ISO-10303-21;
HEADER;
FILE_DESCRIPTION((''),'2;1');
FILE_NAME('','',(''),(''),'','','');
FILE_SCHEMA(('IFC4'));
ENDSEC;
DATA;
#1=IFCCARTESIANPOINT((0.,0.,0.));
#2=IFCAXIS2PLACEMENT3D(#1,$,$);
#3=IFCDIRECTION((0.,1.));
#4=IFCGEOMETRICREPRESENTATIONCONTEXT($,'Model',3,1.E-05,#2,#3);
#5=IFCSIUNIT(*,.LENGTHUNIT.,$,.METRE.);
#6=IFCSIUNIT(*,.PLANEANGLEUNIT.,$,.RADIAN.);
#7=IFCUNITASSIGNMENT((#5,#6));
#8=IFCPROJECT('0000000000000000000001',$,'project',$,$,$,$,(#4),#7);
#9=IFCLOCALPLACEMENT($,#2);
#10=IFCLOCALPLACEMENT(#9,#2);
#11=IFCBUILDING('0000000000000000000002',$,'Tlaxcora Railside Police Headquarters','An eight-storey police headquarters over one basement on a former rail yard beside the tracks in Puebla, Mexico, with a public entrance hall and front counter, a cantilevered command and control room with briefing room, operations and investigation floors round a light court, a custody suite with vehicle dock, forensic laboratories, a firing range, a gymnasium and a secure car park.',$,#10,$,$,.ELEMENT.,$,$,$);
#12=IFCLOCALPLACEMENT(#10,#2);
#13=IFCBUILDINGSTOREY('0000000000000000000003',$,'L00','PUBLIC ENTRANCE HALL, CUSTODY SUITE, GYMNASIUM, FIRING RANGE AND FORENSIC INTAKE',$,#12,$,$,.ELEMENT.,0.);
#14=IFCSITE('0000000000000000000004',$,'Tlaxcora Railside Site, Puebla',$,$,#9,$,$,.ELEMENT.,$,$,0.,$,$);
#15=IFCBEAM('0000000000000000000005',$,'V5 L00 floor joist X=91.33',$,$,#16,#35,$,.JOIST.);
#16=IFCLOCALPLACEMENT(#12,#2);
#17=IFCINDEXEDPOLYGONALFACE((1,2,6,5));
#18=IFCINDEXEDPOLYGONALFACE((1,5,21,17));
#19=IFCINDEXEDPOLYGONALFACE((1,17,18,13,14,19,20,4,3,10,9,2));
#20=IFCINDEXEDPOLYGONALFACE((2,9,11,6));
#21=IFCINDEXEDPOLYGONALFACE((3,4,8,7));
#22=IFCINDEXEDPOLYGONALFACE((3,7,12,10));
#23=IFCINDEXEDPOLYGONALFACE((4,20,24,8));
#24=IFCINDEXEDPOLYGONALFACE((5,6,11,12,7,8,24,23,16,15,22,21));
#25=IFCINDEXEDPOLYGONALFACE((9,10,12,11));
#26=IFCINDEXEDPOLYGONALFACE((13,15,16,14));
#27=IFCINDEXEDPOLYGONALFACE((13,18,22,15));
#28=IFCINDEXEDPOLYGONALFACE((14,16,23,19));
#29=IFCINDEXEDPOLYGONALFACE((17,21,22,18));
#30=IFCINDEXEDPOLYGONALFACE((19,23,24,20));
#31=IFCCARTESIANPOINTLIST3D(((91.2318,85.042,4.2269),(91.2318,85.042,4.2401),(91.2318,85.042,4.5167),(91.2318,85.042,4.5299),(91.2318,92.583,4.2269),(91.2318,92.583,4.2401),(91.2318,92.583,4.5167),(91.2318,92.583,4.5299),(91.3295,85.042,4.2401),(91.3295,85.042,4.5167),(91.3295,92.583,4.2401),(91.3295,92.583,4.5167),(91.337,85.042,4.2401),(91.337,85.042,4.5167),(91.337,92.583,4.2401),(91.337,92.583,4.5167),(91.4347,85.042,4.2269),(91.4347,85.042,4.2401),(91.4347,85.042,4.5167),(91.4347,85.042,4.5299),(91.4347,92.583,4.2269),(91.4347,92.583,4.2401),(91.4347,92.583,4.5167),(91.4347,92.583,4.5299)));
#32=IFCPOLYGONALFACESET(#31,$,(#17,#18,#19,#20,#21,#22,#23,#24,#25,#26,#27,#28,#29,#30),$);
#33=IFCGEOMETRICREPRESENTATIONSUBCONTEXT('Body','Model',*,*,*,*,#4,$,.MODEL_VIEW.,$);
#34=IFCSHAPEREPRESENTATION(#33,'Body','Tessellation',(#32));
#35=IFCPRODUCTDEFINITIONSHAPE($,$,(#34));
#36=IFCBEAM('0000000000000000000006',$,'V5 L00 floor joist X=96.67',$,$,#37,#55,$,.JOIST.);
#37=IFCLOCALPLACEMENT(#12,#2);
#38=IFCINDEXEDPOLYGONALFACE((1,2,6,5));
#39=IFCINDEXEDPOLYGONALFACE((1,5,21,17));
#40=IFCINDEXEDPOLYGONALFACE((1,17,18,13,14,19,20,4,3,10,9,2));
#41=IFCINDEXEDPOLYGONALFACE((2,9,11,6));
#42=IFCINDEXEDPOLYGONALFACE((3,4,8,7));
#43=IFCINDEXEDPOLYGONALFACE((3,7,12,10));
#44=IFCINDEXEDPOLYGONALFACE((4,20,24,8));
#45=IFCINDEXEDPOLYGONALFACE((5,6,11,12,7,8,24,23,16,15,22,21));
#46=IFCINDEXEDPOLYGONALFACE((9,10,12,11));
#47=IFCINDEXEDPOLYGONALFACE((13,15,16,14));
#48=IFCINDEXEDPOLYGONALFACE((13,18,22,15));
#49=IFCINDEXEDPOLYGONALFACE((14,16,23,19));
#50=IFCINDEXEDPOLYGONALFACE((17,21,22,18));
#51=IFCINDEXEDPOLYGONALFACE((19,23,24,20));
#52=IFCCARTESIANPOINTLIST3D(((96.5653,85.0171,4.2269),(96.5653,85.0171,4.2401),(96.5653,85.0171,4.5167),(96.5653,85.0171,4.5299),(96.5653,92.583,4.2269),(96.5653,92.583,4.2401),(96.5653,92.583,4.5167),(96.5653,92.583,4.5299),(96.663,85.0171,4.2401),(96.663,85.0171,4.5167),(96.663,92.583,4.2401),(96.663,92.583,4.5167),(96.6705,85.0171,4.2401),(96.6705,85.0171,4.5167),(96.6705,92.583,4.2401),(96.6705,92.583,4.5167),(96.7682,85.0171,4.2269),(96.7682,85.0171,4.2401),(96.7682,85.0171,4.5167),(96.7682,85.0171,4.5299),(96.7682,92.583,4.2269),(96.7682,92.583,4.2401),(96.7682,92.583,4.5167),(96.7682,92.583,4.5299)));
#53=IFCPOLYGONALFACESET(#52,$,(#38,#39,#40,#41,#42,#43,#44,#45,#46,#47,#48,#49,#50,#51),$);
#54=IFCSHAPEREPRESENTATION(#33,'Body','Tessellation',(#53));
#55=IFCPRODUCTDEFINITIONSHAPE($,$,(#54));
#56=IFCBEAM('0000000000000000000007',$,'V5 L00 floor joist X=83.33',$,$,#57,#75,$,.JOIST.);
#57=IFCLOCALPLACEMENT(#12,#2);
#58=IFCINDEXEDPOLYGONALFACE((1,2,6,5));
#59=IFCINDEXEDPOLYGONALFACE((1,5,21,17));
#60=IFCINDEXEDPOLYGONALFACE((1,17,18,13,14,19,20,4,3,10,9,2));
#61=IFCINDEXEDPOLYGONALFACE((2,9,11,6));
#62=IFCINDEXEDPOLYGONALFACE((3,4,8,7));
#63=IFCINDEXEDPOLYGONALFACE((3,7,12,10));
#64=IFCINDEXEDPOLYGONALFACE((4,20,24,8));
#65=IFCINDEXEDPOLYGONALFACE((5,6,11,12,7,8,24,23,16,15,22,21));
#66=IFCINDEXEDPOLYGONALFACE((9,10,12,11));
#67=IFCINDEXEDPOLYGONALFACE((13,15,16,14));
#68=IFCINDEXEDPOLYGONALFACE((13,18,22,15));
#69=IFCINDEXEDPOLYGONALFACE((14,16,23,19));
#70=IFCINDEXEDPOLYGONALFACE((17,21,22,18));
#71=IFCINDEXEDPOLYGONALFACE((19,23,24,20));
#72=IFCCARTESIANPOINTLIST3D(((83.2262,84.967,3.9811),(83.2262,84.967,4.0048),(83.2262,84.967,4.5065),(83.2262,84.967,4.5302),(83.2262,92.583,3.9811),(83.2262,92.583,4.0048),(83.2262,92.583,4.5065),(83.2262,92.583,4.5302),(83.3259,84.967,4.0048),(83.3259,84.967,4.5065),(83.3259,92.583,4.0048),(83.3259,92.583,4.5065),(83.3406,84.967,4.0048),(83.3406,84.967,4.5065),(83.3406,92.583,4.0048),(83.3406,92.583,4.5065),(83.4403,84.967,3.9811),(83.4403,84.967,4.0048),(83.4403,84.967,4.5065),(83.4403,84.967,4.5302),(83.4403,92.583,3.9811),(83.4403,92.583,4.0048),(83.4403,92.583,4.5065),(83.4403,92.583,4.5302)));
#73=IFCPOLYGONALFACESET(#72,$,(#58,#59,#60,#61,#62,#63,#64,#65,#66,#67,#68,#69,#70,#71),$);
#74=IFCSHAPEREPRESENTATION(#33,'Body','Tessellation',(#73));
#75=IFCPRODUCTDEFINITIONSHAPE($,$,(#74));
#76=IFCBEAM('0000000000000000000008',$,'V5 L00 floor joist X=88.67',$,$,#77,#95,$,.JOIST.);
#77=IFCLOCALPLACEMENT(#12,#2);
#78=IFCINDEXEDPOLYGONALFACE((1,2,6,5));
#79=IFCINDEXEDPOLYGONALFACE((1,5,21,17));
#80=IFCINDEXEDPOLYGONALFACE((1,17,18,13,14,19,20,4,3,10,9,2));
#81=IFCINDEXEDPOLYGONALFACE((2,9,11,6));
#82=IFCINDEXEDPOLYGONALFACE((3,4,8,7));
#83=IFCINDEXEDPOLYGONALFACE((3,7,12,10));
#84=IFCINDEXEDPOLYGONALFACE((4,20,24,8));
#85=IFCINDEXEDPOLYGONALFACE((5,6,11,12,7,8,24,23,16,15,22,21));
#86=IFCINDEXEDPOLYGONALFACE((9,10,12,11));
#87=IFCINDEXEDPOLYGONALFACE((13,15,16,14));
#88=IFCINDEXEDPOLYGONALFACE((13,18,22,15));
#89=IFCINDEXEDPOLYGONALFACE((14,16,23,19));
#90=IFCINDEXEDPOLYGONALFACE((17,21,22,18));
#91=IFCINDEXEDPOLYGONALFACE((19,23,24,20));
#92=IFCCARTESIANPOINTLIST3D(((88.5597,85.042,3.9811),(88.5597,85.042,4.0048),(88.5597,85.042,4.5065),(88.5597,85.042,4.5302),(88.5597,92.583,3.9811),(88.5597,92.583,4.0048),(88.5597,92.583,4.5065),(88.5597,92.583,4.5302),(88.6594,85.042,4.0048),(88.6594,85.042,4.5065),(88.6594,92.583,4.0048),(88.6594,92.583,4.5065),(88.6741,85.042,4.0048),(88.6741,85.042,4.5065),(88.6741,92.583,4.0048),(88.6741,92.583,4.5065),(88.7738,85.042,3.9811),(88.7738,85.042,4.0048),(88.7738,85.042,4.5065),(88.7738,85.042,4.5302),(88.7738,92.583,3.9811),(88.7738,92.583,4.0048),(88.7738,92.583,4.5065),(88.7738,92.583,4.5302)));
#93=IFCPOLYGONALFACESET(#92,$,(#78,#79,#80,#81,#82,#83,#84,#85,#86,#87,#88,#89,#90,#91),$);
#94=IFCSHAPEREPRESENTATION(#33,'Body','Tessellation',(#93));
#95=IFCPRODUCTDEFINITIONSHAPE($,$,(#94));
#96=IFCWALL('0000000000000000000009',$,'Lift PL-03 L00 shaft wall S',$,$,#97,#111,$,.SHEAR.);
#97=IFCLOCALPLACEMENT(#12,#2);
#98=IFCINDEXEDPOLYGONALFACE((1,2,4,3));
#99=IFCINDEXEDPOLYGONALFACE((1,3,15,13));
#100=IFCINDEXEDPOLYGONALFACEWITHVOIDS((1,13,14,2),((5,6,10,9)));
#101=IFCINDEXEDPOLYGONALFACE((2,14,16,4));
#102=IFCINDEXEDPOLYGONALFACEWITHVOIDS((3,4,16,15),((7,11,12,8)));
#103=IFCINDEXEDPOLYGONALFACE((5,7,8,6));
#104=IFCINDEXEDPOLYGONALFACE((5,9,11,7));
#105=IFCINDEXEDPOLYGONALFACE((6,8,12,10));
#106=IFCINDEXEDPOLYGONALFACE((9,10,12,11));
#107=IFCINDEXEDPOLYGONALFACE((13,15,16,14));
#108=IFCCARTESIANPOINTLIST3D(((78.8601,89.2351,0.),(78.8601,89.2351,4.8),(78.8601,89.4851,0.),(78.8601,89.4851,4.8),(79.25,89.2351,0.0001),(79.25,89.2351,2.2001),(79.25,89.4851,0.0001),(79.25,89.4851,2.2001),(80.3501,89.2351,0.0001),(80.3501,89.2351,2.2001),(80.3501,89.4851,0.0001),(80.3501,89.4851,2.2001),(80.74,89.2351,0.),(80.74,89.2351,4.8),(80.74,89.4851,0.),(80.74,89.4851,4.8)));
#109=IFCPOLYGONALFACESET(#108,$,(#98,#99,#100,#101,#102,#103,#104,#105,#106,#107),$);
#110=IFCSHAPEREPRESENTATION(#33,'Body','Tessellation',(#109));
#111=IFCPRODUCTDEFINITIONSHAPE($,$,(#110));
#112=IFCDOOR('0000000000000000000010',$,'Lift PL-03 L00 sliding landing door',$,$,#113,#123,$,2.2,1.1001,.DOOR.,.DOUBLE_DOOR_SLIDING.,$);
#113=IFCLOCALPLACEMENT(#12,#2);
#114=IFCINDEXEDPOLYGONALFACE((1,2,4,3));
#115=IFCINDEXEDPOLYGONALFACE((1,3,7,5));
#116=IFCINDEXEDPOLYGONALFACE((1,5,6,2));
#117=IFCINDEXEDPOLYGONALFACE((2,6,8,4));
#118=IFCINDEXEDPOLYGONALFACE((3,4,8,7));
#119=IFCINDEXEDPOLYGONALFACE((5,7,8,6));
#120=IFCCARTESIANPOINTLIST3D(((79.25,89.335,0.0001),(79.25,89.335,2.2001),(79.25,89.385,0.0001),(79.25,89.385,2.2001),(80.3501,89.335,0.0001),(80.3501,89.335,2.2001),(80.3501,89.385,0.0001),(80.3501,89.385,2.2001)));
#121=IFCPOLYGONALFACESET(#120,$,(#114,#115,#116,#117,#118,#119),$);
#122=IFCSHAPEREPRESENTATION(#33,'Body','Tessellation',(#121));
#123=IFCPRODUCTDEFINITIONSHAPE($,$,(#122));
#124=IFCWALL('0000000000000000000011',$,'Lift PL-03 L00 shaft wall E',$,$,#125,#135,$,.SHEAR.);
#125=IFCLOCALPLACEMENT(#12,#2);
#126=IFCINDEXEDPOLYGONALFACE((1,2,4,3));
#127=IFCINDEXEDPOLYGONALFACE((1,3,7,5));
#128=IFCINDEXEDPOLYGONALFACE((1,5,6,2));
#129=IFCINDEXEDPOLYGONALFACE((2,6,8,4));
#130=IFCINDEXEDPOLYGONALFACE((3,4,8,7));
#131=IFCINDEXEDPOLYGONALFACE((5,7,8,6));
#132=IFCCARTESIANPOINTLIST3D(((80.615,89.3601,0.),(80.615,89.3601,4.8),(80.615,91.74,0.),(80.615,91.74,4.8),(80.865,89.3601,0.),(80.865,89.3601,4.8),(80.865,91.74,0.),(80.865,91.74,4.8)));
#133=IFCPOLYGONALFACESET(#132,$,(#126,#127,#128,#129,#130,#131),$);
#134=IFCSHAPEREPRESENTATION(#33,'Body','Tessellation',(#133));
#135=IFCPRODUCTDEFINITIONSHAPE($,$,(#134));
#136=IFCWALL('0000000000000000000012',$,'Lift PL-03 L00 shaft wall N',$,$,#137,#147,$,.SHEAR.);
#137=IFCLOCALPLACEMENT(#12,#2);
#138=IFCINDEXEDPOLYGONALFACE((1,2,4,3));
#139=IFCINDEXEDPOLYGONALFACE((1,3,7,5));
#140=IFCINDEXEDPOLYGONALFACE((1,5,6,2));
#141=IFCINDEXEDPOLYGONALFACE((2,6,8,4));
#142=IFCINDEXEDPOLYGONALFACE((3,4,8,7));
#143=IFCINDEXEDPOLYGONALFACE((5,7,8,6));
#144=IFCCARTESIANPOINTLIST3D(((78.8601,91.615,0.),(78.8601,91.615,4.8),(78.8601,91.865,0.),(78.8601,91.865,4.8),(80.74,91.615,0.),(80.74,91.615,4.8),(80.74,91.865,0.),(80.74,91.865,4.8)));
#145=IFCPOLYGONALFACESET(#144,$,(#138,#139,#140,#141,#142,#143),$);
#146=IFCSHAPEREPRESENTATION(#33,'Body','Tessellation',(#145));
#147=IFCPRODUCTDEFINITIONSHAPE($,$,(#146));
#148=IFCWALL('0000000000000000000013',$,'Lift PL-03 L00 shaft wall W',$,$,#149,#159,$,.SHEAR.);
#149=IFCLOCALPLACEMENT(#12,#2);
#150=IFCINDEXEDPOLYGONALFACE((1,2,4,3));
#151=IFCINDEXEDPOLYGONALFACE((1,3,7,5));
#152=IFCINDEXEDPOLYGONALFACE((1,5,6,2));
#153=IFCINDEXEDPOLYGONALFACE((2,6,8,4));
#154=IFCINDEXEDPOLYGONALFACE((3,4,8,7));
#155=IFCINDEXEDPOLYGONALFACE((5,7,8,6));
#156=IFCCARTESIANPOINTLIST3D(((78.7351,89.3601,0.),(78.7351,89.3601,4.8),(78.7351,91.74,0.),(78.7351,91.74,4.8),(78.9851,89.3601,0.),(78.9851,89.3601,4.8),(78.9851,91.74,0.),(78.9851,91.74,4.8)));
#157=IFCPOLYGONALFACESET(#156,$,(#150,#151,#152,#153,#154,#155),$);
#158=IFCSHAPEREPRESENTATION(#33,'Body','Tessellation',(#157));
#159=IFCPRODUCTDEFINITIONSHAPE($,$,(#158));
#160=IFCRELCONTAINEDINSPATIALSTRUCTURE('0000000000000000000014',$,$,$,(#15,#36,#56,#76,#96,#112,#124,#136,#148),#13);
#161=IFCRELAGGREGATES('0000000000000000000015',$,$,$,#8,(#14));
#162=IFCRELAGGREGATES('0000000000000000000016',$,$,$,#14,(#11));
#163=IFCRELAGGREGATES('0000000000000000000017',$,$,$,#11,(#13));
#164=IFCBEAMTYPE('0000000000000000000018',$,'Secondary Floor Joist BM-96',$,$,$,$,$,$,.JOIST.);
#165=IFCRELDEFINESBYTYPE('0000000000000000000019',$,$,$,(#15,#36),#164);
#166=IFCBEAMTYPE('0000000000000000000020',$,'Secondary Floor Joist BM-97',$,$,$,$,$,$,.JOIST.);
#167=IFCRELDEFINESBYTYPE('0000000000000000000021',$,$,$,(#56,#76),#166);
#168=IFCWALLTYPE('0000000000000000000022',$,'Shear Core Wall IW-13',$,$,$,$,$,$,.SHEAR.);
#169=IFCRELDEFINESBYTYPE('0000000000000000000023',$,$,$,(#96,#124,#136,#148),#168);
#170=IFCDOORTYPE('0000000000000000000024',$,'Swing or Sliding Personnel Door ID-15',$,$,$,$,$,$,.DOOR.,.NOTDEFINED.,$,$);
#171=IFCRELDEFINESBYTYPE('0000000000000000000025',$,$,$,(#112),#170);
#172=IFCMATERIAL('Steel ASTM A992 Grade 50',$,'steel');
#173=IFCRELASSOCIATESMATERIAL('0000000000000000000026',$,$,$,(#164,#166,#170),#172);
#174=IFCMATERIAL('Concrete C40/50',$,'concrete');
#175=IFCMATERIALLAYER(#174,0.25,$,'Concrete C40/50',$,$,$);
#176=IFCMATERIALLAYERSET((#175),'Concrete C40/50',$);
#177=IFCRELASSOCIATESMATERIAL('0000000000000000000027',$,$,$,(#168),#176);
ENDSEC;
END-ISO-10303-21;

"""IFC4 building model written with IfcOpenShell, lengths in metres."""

from ifc_helpers import new_model, si_unit, direction, frame, frame_2d, origin, origin_2d, place, context, subcontext, project, spatial, rectangle, i_section, extrude, material, layer, layer_set, material_profile, profile_set, type_object, element, fill, save


model = new_model("IFC4")

# Units and contexts
model_context = context("Model", 3, precision=1e-05, world=origin(), true_north=direction((0.0, 1.0)))
body_context = subcontext(model_context, "Body", "Model", "MODEL_VIEW")
ifc_project = project(units=[si_unit("LENGTHUNIT", "METRE"), si_unit("PLANEANGLEUNIT", "RADIAN")], contexts=[model_context])

# Site, building, storey
site_placement = place(None, origin())
site = spatial("IfcSite", under=ifc_project, at=site_placement, Name="Tlaxcora Railside Site, Puebla", CompositionType="ELEMENT", RefElevation=0.0)
building_placement = place(site_placement, origin())
building = spatial("IfcBuilding", under=site, at=building_placement, Name="Tlaxcora Railside Police Headquarters", Description="An eight-storey police headquarters over one basement on a former rail yard beside the tracks in Puebla, Mexico, with a public entrance hall and front counter, a cantilevered command and control room with briefing room, operations and investigation floors round a light court, a custody suite with vehicle dock, forensic laboratories, a firing range, a gymnasium and a secure car park.", CompositionType="ELEMENT")
storey_placement = place(building_placement, origin())
storey = spatial("IfcBuildingStorey", under=building, at=storey_placement, Name="L00", Description="PUBLIC ENTRANCE HALL, CUSTODY SUITE, GYMNASIUM, FIRING RANGE AND FORENSIC INTAKE", CompositionType="ELEMENT", Elevation=0.0)

# Shared definitions
ifc_material_1 = material(Name="Concrete C40/50", Category="concrete")

# Beams
ifc_material_2 = material(Name="Steel ASTM A992 Grade 50", Category="steel")
ifc_material_profile_1 = material_profile(ifc_material_2, i_section(OverallWidth=0.2029, OverallDepth=0.303, WebThickness=0.0076, FlangeThickness=0.0132, at=origin_2d()), Name="W12X40")
ifc_profile_set_1 = profile_set([ifc_material_profile_1], Name="Steel ASTM A992 Grade 50")
beam_type_1 = type_object("IfcBeamType", Name="Secondary Floor Joist BM-96", PredefinedType="JOIST", material=ifc_profile_set_1)
beam_1_placement = place(storey_placement, frame((91.3333, 85.042, 4.3784), z_axis=(0.0, 1.0, 0.0), x_axis=(-1.0, 0.0, 0.0)))
element("IfcBeam", 1, at=beam_1_placement, inside=storey, type_object=beam_type_1, Name="V5 L00 floor joist X=91.33", PredefinedType="JOIST", context=body_context, shape_type="SweptSolid", body=[
    extrude(i_section(OverallWidth=0.2029, OverallDepth=0.303, WebThickness=0.0076, FlangeThickness=0.0132, at=origin_2d()), origin(), (0.0, 0.0, 1.0), 7.541),
])
beam_2_placement = place(storey_placement, frame((96.6667, 85.0171, 4.3784), z_axis=(0.0, 1.0, 0.0), x_axis=(-1.0, 0.0, 0.0)))
element("IfcBeam", 2, at=beam_2_placement, inside=storey, type_object=beam_type_1, Name="V5 L00 floor joist X=96.67", PredefinedType="JOIST", context=body_context, shape_type="SweptSolid", body=[
    extrude(i_section(OverallWidth=0.2029, OverallDepth=0.303, WebThickness=0.0076, FlangeThickness=0.0132, at=origin_2d()), origin(), (0.0, 0.0, 1.0), 7.5659),
])
ifc_material_profile_2 = material_profile(ifc_material_2, i_section(OverallWidth=0.2141, OverallDepth=0.5491, WebThickness=0.0146, FlangeThickness=0.0237, at=origin_2d()), Name="W21X93")
ifc_profile_set_2 = profile_set([ifc_material_profile_2], Name="Steel ASTM A992 Grade 50")
beam_type_2 = type_object("IfcBeamType", Name="Secondary Floor Joist BM-97", PredefinedType="JOIST", material=ifc_profile_set_2)
beam_3_placement = place(storey_placement, frame((83.3333, 84.967, 4.2556), z_axis=(0.0, 1.0, 0.0), x_axis=(-1.0, 0.0, 0.0)))
element("IfcBeam", 3, at=beam_3_placement, inside=storey, type_object=beam_type_2, Name="V5 L00 floor joist X=83.33", PredefinedType="JOIST", context=body_context, shape_type="SweptSolid", body=[
    extrude(i_section(OverallWidth=0.2141, OverallDepth=0.5491, WebThickness=0.0146, FlangeThickness=0.0237, at=origin_2d()), origin(), (0.0, 0.0, 1.0), 7.616),
])
beam_4_placement = place(storey_placement, frame((88.6667, 85.042, 4.2556), z_axis=(0.0, 1.0, 0.0), x_axis=(-1.0, 0.0, 0.0)))
element("IfcBeam", 4, at=beam_4_placement, inside=storey, type_object=beam_type_2, Name="V5 L00 floor joist X=88.67", PredefinedType="JOIST", context=body_context, shape_type="SweptSolid", body=[
    extrude(i_section(OverallWidth=0.2141, OverallDepth=0.5491, WebThickness=0.0146, FlangeThickness=0.0237, at=origin_2d()), origin(), (0.0, 0.0, 1.0), 7.541),
])

# Wall, opening, door
ifc_layer_1 = layer(ifc_material_1, 0.25, Name="Concrete C40/50")
ifc_layer_set_1 = layer_set([ifc_layer_1], Name="Concrete C40/50")
wall_type_1 = type_object("IfcWallType", Name="Shear Core Wall IW-13", PredefinedType="SHEAR", material=ifc_layer_set_1)
wall_1_placement = place(storey_placement, frame((78.8601, 89.3601, 0.0), z_axis=(0.0, 0.0, 1.0), x_axis=(1.0, 0.0, 0.0)))
wall_1 = element("IfcWall", 5, at=wall_1_placement, inside=storey, type_object=wall_type_1, Name="Lift PL-03 L00 shaft wall S", PredefinedType="SHEAR", context=body_context, shape_type="SweptSolid", body=[
    extrude(rectangle(XDim=1.8799, YDim=0.25, at=frame_2d((0.9399, 0.0))), origin(), (0.0, 0.0, 1.0), 4.8),
])
opening_1_placement = place(wall_1_placement, frame((0.3899, 0.0, 0.0)))
opening_1 = element("IfcOpeningElement", 6, at=opening_1_placement, cuts=wall_1, PredefinedType="OPENING", context=body_context, shape_type="SweptSolid", body=[
    extrude(rectangle(XDim=1.1001, YDim=2.2, at=frame_2d((0.55, 1.1001))), frame((0.0, 0.135, 0.0), z_axis=(0.0, -1.0, 0.0), x_axis=(1.0, 0.0, 0.0)), (0.0, 0.0, 1.0), 0.27),
])
door_type = type_object("IfcDoorType", Name="Swing or Sliding Personnel Door ID-15", OperationType="NOTDEFINED", PredefinedType="DOOR", material=ifc_material_2)
door_placement = place(opening_1_placement, origin())
door = element("IfcDoor", 7, at=door_placement, inside=storey, type_object=door_type, Name="Lift PL-03 L00 sliding landing door", OperationType="DOUBLE_DOOR_SLIDING", OverallHeight=2.2, OverallWidth=1.1001, PredefinedType="DOOR", context=body_context, shape_type="SweptSolid", body=[
    extrude(rectangle(XDim=1.1001, YDim=2.2, at=frame_2d((0.55, 1.1001))), frame((0.0, 0.0249, 0.0), z_axis=(0.0, -1.0, 0.0), x_axis=(1.0, 0.0, 0.0)), (0.0, 0.0, 1.0), 0.05),
])
fill(opening_1, door)

# Walls
wall_2_placement = place(storey_placement, frame((80.74, 89.3601, 0.0), z_axis=(0.0, 0.0, 1.0), x_axis=(0.0, 1.0, 0.0)))
element("IfcWall", 8, at=wall_2_placement, inside=storey, type_object=wall_type_1, Name="Lift PL-03 L00 shaft wall E", PredefinedType="SHEAR", context=body_context, shape_type="SweptSolid", body=[
    extrude(rectangle(XDim=2.3799, YDim=0.25, at=frame_2d((1.1899, 0.0))), origin(), (0.0, 0.0, 1.0), 4.8),
])
wall_3_placement = place(storey_placement, frame((80.74, 91.74, 0.0), z_axis=(0.0, 0.0, 1.0), x_axis=(-1.0, 0.0, 0.0)))
element("IfcWall", 9, at=wall_3_placement, inside=storey, type_object=wall_type_1, Name="Lift PL-03 L00 shaft wall N", PredefinedType="SHEAR", context=body_context, shape_type="SweptSolid", body=[
    extrude(rectangle(XDim=1.8799, YDim=0.25, at=frame_2d((0.9399, 0.0))), origin(), (0.0, 0.0, 1.0), 4.8),
])
wall_4_placement = place(storey_placement, frame((78.8601, 91.74, 0.0), z_axis=(0.0, 0.0, 1.0), x_axis=(0.0, -1.0, 0.0)))
element("IfcWall", 10, at=wall_4_placement, inside=storey, type_object=wall_type_1, Name="Lift PL-03 L00 shaft wall W", PredefinedType="SHEAR", context=body_context, shape_type="SweptSolid", body=[
    extrude(rectangle(XDim=2.3799, YDim=0.25, at=frame_2d((1.1899, 0.0))), origin(), (0.0, 0.0, 1.0), 4.8),
])

save(model, "model.ifc")
